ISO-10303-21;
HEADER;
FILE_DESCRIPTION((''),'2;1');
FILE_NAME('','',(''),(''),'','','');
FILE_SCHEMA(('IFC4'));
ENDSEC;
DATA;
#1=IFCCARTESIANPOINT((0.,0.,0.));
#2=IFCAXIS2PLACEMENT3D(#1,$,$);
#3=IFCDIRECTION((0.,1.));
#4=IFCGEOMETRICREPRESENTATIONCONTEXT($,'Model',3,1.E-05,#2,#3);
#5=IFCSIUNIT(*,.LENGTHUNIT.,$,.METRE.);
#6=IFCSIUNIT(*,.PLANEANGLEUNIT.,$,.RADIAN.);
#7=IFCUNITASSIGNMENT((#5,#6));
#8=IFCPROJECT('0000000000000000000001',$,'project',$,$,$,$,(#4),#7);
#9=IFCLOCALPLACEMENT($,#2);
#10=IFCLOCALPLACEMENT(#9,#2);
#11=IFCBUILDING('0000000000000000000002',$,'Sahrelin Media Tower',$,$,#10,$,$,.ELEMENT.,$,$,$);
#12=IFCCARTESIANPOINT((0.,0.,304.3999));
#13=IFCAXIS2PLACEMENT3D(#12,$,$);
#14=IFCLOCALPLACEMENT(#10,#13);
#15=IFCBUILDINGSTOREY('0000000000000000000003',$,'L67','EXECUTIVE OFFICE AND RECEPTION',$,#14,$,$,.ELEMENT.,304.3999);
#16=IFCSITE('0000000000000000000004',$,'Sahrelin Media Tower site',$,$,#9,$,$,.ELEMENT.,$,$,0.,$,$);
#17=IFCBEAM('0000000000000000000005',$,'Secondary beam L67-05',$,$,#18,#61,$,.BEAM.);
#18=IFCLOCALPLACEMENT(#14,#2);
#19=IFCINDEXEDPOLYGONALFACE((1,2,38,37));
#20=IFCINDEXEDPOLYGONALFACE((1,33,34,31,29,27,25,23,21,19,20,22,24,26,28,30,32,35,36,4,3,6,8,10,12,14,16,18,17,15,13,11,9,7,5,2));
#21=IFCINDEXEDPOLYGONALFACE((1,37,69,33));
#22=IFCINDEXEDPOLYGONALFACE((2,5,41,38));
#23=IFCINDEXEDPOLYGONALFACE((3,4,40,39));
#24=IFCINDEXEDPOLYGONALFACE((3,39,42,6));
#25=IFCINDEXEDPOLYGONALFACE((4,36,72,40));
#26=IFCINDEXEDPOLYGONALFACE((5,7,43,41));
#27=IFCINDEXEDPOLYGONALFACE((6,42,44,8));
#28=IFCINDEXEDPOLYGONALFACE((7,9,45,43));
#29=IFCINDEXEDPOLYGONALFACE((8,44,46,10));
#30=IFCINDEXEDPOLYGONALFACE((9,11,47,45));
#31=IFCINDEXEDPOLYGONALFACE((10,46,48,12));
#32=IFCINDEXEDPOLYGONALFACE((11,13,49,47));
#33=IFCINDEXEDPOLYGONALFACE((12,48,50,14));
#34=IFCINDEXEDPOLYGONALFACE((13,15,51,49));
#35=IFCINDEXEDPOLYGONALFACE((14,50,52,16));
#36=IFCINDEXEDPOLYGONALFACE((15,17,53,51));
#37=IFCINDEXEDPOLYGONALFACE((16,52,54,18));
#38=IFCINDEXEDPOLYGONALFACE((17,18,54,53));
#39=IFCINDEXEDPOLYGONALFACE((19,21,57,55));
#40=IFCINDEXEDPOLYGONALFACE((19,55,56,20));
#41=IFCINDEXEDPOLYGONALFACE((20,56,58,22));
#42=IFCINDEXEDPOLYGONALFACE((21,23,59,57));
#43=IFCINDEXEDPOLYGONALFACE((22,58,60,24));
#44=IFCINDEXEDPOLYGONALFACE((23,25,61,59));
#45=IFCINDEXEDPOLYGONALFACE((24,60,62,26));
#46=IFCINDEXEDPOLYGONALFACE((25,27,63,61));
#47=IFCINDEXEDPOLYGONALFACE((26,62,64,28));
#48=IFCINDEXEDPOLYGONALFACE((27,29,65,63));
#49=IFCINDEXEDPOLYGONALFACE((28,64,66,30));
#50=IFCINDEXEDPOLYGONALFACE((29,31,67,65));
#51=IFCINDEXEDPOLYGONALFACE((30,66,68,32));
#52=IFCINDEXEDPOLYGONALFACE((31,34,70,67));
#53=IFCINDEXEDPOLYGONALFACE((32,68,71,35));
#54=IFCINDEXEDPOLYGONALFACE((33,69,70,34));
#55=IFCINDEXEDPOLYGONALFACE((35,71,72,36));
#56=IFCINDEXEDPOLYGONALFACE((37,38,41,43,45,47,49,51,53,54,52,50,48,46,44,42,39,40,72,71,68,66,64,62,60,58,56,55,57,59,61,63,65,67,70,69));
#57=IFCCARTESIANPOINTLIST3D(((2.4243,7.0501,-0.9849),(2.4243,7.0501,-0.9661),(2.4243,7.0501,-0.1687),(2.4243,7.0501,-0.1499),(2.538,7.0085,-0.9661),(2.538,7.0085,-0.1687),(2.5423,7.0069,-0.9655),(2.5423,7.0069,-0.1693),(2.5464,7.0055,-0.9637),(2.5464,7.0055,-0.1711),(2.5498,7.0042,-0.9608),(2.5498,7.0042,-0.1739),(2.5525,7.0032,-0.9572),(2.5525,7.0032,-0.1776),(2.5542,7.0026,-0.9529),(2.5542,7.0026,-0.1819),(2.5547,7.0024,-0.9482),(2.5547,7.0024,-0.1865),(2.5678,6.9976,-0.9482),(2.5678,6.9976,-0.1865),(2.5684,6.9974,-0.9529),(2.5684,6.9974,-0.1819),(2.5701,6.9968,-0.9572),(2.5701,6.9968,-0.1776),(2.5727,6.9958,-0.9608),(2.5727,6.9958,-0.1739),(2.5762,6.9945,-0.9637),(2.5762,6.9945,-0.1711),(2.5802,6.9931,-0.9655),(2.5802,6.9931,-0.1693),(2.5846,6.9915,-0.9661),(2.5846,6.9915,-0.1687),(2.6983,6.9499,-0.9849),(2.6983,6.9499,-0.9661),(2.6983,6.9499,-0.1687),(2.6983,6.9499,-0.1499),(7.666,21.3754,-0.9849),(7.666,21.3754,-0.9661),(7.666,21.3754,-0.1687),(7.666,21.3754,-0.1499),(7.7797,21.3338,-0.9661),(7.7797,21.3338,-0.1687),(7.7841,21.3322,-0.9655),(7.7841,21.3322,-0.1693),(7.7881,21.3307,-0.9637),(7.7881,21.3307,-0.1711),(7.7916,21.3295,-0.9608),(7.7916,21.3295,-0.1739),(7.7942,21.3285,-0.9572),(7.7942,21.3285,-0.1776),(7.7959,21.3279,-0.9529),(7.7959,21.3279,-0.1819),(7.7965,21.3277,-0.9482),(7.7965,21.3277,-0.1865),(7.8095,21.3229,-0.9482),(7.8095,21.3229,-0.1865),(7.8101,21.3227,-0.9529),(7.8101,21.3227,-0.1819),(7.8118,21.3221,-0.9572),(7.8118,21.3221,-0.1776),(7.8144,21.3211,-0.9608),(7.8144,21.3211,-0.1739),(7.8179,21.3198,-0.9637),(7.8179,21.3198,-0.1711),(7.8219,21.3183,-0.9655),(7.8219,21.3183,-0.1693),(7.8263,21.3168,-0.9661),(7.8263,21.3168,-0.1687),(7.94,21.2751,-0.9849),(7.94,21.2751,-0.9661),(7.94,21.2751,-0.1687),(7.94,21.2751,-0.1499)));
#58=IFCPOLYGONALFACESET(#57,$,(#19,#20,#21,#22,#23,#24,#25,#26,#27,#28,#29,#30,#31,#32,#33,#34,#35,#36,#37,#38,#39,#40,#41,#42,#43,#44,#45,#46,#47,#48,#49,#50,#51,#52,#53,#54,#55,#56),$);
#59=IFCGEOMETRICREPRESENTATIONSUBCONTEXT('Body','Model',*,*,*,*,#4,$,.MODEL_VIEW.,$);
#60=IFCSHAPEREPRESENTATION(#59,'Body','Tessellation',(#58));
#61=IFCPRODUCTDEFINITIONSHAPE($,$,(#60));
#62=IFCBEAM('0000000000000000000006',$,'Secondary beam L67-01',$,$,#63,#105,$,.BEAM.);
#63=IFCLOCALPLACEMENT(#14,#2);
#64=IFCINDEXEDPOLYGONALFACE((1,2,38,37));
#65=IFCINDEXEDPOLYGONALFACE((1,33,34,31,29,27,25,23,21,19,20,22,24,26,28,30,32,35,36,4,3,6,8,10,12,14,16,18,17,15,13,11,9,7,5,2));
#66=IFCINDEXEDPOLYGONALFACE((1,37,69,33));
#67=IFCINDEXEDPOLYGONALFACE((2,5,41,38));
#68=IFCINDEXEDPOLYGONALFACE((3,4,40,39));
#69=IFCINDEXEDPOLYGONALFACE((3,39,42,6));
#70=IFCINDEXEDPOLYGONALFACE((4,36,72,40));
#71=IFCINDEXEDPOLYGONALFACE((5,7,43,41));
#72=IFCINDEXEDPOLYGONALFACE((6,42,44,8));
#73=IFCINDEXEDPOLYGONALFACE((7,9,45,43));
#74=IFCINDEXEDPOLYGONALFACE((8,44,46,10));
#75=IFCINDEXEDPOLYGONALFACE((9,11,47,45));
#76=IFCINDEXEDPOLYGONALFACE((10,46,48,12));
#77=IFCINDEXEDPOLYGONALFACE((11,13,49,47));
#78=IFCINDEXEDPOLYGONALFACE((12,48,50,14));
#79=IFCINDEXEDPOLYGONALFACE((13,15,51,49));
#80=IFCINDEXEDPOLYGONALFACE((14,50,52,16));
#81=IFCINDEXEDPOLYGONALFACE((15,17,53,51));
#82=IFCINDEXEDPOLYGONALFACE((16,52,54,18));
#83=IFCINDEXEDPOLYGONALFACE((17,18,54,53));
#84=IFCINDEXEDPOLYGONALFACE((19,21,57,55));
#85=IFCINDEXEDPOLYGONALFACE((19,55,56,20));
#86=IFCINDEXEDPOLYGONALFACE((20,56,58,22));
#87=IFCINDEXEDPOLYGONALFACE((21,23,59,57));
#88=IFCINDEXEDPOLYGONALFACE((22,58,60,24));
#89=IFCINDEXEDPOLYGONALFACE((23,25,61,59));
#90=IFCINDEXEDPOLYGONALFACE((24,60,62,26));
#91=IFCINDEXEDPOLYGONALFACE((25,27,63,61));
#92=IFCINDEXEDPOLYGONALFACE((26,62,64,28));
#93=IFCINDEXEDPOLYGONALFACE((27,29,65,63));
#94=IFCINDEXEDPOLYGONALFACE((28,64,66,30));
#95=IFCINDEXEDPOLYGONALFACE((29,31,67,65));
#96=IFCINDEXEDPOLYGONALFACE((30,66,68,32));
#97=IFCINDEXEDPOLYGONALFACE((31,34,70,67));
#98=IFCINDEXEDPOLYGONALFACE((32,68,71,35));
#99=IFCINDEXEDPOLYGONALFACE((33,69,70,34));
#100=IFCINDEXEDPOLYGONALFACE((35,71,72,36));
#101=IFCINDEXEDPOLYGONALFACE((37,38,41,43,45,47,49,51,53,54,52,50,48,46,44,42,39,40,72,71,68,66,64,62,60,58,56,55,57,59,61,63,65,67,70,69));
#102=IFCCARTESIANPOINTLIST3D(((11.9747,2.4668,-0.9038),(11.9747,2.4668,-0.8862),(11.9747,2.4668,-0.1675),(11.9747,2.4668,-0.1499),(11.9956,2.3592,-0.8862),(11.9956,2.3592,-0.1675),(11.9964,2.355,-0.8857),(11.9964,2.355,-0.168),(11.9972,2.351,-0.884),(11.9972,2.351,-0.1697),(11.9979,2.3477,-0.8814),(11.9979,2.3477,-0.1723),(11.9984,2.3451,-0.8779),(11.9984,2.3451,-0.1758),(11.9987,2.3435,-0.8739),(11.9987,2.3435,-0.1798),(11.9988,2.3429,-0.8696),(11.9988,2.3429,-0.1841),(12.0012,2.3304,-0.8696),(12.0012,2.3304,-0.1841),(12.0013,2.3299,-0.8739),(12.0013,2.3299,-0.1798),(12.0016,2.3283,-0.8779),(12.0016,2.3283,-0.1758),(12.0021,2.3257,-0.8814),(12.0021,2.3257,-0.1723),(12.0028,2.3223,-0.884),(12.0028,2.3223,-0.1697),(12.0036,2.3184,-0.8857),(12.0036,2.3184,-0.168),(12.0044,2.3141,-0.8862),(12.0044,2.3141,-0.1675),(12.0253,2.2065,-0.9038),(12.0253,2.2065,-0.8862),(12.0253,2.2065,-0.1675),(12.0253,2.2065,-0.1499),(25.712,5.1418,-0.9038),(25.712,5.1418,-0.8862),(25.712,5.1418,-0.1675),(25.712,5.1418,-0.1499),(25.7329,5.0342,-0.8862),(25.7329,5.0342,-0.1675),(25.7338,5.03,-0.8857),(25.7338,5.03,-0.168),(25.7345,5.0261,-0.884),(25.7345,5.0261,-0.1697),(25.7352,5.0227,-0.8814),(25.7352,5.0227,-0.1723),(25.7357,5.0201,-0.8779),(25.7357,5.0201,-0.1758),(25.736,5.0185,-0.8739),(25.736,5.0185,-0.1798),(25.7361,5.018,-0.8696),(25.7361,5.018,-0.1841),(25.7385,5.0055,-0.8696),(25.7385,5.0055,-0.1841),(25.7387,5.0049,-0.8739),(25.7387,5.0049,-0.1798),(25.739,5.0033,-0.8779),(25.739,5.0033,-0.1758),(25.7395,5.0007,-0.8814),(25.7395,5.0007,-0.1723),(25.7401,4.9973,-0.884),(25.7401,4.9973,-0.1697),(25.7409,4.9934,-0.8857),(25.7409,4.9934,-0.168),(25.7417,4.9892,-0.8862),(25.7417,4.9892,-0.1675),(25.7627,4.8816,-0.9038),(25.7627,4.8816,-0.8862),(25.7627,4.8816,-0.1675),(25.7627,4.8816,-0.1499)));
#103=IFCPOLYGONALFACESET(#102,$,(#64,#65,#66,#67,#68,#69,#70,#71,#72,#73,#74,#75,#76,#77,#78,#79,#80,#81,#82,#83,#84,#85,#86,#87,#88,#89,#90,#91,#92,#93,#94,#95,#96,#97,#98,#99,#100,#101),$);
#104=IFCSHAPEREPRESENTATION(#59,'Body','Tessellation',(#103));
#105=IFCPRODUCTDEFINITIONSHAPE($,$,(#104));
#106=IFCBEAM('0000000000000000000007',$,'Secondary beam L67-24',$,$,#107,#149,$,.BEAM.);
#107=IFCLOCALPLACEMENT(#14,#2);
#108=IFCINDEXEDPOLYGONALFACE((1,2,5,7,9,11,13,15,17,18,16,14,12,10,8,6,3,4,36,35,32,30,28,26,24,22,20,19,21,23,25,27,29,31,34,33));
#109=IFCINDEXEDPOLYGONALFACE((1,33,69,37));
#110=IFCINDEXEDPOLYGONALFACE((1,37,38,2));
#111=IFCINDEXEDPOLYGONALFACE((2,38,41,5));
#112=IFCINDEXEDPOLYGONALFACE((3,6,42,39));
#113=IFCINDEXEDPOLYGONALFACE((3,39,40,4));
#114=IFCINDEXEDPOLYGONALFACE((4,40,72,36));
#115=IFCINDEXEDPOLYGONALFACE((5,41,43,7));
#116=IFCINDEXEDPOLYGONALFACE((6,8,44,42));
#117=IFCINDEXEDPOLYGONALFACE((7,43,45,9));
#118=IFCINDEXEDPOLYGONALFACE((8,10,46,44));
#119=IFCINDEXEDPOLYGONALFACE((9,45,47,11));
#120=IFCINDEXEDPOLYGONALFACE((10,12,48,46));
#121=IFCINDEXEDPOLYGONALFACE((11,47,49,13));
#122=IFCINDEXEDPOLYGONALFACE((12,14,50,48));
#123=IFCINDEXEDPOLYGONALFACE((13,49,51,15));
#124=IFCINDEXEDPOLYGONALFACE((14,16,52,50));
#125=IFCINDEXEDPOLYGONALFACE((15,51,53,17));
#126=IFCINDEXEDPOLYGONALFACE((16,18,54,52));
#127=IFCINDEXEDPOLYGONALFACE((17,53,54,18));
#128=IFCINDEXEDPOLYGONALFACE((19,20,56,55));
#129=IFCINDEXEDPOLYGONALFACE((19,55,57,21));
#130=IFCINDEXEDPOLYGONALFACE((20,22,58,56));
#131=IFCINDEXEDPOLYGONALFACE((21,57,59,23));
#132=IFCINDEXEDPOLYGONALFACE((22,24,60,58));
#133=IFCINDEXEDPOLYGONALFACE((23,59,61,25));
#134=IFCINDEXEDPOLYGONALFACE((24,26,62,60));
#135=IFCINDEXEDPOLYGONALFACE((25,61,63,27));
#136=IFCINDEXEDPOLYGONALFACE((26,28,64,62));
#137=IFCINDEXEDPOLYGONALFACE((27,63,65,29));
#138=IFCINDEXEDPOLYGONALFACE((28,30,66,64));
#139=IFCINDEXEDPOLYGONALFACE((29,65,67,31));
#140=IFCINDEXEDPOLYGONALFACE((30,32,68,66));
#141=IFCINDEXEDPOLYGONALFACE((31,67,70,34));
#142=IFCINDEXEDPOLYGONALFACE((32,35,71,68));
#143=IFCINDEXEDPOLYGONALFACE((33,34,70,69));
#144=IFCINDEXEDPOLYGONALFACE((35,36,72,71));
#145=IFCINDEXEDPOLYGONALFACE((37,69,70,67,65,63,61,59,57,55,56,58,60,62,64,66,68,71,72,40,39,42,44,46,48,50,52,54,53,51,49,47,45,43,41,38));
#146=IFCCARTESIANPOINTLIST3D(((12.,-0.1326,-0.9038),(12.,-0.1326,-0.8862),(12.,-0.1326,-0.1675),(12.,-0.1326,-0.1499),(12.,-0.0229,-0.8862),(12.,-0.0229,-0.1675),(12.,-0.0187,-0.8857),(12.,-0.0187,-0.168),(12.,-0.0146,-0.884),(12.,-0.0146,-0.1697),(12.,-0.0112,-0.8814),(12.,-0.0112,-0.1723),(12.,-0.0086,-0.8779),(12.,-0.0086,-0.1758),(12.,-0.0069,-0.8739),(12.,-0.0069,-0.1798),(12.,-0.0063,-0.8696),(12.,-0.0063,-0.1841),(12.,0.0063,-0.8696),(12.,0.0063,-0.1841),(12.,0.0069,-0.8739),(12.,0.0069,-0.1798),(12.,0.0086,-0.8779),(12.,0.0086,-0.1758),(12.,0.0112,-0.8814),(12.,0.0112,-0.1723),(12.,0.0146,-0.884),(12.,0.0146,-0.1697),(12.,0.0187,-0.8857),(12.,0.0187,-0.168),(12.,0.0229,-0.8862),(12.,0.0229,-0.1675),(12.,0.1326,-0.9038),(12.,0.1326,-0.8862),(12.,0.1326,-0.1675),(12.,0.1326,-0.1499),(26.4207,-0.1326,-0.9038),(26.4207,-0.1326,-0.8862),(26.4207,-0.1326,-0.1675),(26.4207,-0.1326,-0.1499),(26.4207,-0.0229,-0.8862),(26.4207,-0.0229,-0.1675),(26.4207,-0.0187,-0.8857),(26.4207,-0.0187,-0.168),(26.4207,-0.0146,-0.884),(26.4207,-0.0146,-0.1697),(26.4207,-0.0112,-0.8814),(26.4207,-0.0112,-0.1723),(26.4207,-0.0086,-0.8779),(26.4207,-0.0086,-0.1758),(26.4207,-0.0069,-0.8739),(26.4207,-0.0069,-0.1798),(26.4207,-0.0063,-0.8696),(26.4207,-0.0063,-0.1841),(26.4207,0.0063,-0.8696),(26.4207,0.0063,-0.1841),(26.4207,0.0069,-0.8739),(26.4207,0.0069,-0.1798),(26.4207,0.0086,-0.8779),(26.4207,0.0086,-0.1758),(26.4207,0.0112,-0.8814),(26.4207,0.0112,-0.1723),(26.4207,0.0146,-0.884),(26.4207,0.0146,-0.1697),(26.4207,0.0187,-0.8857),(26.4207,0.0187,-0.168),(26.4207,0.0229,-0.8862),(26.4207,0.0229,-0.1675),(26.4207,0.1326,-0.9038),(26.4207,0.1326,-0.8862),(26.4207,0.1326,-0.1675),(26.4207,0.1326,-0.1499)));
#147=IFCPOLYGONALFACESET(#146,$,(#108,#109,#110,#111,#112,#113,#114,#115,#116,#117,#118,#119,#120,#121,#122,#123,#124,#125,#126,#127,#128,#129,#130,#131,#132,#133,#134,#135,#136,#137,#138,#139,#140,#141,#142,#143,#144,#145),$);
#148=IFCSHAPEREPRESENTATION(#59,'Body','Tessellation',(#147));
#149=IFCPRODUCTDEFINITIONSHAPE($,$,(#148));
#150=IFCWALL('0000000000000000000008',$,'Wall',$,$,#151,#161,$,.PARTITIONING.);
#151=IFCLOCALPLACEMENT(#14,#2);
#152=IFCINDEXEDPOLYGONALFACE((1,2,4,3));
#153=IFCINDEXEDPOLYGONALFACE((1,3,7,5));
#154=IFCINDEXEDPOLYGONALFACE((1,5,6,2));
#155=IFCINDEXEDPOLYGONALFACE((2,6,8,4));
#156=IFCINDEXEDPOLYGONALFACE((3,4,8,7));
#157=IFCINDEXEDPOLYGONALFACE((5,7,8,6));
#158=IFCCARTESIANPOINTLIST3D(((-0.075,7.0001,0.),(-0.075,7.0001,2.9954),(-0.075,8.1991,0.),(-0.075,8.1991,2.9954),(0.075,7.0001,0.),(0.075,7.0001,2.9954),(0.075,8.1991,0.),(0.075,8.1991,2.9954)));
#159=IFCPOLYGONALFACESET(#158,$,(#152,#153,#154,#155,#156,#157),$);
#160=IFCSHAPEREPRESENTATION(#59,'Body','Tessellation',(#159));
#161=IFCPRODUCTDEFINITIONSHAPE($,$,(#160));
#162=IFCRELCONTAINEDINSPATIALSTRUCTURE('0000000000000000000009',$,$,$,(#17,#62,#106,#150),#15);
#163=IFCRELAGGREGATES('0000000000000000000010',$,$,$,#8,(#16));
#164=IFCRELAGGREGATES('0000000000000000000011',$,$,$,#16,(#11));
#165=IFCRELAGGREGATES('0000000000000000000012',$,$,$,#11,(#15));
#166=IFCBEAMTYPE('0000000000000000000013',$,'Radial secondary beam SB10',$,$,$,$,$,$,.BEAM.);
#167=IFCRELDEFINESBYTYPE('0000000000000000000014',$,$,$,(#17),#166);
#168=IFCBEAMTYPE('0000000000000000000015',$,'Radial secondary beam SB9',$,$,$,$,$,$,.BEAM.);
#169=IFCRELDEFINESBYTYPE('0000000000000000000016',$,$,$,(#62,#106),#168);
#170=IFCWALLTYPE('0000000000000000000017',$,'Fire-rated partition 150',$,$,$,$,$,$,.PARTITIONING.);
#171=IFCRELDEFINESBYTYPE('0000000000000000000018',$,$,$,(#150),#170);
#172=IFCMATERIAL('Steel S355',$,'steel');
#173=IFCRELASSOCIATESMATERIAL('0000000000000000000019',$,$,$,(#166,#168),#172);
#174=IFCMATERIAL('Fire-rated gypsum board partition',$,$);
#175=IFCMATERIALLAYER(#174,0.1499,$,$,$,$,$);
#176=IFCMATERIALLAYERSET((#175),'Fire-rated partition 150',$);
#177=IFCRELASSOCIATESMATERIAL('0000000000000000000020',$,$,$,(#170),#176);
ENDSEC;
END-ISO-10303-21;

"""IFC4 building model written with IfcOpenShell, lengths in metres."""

from ifc_helpers import new_model, si_unit, direction, frame, frame_2d, origin, origin_2d, place, context, subcontext, project, spatial, rectangle, i_section, extrude, material, layer, layer_set, material_profile, profile_set, type_object, element, save


model = new_model("IFC4")

# Units and contexts
model_context = context("Model", 3, precision=1e-05, world=origin(), true_north=direction((0.0, 1.0)))
body_context = subcontext(model_context, "Body", "Model", "MODEL_VIEW")
ifc_project = project(units=[si_unit("LENGTHUNIT", "METRE"), si_unit("PLANEANGLEUNIT", "RADIAN")], contexts=[model_context])

# Site, building, storey
site_placement = place(None, origin())
site = spatial("IfcSite", under=ifc_project, at=site_placement, Name="Sahrelin Media Tower site", CompositionType="ELEMENT", RefElevation=0.0)
building_placement = place(site_placement, origin())
building = spatial("IfcBuilding", under=site, at=building_placement, Name="Sahrelin Media Tower", CompositionType="ELEMENT")
storey_placement = place(building_placement, frame((0.0, 0.0, 304.3999)))
storey = spatial("IfcBuildingStorey", under=building, at=storey_placement, Name="L67", Description="EXECUTIVE OFFICE AND RECEPTION", CompositionType="ELEMENT", Elevation=304.3999)

# Beams
ifc_material_1 = material(Name="Steel S355", Category="steel")
ifc_material_profile_1 = material_profile(ifc_material_1, i_section(OverallWidth=0.2917, OverallDepth=0.835, WebThickness=0.0139, FlangeThickness=0.0188, FilletRadius=0.0178, at=origin_2d()), Name="UB 838x292x176")
ifc_profile_set_1 = profile_set([ifc_material_profile_1], Name="Steel S355")
beam_type_1 = type_object("IfcBeamType", Name="Radial secondary beam SB10", PredefinedType="BEAM", material=ifc_profile_set_1)
beam_1_placement = place(storey_placement, frame((2.5613, 7.0, -0.5674), z_axis=(0.343626, 0.939106, 0.0), x_axis=(-0.939106, 0.343626, 0.0)))
element("IfcBeam", 1, at=beam_1_placement, inside=storey, type_object=beam_type_1, Name="Secondary beam L67-05", PredefinedType="BEAM", context=body_context, shape_type="SweptSolid", body=[
    extrude(i_section(OverallWidth=0.2917, OverallDepth=0.835, WebThickness=0.0139, FlangeThickness=0.0188, FilletRadius=0.0178, at=origin_2d()), origin(), (0.0, 0.0, 1.0), 15.2542),
])
ifc_material_profile_2 = material_profile(ifc_material_1, i_section(OverallWidth=0.2651, OverallDepth=0.7539, WebThickness=0.0127, FlangeThickness=0.0176, FilletRadius=0.0166, at=origin_2d()), Name="UB 762x267x147")
ifc_profile_set_2 = profile_set([ifc_material_profile_2], Name="Steel S355")
beam_type_2 = type_object("IfcBeamType", Name="Radial secondary beam SB9", PredefinedType="BEAM", material=ifc_profile_set_2)
beam_2_placement = place(storey_placement, frame((12.0, 2.3367, -0.5269), z_axis=(0.981563, 0.191139, 0.0), x_axis=(-0.191139, 0.981563, 0.0)))
element("IfcBeam", 2, at=beam_2_placement, inside=storey, type_object=beam_type_2, Name="Secondary beam L67-01", PredefinedType="BEAM", context=body_context, shape_type="SweptSolid", body=[
    extrude(i_section(OverallWidth=0.2651, OverallDepth=0.7539, WebThickness=0.0127, FlangeThickness=0.0176, FilletRadius=0.0166, at=origin_2d()), origin(), (0.0, 0.0, 1.0), 13.9954),
])
beam_3_placement = place(storey_placement, frame((12.0, 0.0, -0.5269), z_axis=(1.0, 0.0, 0.0), x_axis=(0.0, 1.0, 0.0)))
element("IfcBeam", 3, at=beam_3_placement, inside=storey, type_object=beam_type_2, Name="Secondary beam L67-24", PredefinedType="BEAM", context=body_context, shape_type="SweptSolid", body=[
    extrude(i_section(OverallWidth=0.2651, OverallDepth=0.7539, WebThickness=0.0127, FlangeThickness=0.0176, FilletRadius=0.0166, at=origin_2d()), origin(), (0.0, 0.0, 1.0), 14.4207),
])

# Wall
ifc_material_2 = material(Name="Fire-rated gypsum board partition")
ifc_layer_1 = layer(ifc_material_2, 0.1499)
ifc_layer_set_1 = layer_set([ifc_layer_1], Name="Fire-rated partition 150")
wall_type_1 = type_object("IfcWallType", Name="Fire-rated partition 150", PredefinedType="PARTITIONING", material=ifc_layer_set_1)
wall_1_placement = place(storey_placement, frame((0.0, 7.0, 0.0), z_axis=(0.0, 0.0, 1.0), x_axis=(0.0, 1.0, 0.0)))
element("IfcWall", 4, at=wall_1_placement, inside=storey, type_object=wall_type_1, Name="Wall", PredefinedType="PARTITIONING", context=body_context, shape_type="SweptSolid", body=[
    extrude(rectangle(XDim=1.199, YDim=0.1499, at=frame_2d((0.5996, 0.0))), origin(), (0.0, 0.0, 1.0), 2.9954),
])

save(model, "model.ifc")
